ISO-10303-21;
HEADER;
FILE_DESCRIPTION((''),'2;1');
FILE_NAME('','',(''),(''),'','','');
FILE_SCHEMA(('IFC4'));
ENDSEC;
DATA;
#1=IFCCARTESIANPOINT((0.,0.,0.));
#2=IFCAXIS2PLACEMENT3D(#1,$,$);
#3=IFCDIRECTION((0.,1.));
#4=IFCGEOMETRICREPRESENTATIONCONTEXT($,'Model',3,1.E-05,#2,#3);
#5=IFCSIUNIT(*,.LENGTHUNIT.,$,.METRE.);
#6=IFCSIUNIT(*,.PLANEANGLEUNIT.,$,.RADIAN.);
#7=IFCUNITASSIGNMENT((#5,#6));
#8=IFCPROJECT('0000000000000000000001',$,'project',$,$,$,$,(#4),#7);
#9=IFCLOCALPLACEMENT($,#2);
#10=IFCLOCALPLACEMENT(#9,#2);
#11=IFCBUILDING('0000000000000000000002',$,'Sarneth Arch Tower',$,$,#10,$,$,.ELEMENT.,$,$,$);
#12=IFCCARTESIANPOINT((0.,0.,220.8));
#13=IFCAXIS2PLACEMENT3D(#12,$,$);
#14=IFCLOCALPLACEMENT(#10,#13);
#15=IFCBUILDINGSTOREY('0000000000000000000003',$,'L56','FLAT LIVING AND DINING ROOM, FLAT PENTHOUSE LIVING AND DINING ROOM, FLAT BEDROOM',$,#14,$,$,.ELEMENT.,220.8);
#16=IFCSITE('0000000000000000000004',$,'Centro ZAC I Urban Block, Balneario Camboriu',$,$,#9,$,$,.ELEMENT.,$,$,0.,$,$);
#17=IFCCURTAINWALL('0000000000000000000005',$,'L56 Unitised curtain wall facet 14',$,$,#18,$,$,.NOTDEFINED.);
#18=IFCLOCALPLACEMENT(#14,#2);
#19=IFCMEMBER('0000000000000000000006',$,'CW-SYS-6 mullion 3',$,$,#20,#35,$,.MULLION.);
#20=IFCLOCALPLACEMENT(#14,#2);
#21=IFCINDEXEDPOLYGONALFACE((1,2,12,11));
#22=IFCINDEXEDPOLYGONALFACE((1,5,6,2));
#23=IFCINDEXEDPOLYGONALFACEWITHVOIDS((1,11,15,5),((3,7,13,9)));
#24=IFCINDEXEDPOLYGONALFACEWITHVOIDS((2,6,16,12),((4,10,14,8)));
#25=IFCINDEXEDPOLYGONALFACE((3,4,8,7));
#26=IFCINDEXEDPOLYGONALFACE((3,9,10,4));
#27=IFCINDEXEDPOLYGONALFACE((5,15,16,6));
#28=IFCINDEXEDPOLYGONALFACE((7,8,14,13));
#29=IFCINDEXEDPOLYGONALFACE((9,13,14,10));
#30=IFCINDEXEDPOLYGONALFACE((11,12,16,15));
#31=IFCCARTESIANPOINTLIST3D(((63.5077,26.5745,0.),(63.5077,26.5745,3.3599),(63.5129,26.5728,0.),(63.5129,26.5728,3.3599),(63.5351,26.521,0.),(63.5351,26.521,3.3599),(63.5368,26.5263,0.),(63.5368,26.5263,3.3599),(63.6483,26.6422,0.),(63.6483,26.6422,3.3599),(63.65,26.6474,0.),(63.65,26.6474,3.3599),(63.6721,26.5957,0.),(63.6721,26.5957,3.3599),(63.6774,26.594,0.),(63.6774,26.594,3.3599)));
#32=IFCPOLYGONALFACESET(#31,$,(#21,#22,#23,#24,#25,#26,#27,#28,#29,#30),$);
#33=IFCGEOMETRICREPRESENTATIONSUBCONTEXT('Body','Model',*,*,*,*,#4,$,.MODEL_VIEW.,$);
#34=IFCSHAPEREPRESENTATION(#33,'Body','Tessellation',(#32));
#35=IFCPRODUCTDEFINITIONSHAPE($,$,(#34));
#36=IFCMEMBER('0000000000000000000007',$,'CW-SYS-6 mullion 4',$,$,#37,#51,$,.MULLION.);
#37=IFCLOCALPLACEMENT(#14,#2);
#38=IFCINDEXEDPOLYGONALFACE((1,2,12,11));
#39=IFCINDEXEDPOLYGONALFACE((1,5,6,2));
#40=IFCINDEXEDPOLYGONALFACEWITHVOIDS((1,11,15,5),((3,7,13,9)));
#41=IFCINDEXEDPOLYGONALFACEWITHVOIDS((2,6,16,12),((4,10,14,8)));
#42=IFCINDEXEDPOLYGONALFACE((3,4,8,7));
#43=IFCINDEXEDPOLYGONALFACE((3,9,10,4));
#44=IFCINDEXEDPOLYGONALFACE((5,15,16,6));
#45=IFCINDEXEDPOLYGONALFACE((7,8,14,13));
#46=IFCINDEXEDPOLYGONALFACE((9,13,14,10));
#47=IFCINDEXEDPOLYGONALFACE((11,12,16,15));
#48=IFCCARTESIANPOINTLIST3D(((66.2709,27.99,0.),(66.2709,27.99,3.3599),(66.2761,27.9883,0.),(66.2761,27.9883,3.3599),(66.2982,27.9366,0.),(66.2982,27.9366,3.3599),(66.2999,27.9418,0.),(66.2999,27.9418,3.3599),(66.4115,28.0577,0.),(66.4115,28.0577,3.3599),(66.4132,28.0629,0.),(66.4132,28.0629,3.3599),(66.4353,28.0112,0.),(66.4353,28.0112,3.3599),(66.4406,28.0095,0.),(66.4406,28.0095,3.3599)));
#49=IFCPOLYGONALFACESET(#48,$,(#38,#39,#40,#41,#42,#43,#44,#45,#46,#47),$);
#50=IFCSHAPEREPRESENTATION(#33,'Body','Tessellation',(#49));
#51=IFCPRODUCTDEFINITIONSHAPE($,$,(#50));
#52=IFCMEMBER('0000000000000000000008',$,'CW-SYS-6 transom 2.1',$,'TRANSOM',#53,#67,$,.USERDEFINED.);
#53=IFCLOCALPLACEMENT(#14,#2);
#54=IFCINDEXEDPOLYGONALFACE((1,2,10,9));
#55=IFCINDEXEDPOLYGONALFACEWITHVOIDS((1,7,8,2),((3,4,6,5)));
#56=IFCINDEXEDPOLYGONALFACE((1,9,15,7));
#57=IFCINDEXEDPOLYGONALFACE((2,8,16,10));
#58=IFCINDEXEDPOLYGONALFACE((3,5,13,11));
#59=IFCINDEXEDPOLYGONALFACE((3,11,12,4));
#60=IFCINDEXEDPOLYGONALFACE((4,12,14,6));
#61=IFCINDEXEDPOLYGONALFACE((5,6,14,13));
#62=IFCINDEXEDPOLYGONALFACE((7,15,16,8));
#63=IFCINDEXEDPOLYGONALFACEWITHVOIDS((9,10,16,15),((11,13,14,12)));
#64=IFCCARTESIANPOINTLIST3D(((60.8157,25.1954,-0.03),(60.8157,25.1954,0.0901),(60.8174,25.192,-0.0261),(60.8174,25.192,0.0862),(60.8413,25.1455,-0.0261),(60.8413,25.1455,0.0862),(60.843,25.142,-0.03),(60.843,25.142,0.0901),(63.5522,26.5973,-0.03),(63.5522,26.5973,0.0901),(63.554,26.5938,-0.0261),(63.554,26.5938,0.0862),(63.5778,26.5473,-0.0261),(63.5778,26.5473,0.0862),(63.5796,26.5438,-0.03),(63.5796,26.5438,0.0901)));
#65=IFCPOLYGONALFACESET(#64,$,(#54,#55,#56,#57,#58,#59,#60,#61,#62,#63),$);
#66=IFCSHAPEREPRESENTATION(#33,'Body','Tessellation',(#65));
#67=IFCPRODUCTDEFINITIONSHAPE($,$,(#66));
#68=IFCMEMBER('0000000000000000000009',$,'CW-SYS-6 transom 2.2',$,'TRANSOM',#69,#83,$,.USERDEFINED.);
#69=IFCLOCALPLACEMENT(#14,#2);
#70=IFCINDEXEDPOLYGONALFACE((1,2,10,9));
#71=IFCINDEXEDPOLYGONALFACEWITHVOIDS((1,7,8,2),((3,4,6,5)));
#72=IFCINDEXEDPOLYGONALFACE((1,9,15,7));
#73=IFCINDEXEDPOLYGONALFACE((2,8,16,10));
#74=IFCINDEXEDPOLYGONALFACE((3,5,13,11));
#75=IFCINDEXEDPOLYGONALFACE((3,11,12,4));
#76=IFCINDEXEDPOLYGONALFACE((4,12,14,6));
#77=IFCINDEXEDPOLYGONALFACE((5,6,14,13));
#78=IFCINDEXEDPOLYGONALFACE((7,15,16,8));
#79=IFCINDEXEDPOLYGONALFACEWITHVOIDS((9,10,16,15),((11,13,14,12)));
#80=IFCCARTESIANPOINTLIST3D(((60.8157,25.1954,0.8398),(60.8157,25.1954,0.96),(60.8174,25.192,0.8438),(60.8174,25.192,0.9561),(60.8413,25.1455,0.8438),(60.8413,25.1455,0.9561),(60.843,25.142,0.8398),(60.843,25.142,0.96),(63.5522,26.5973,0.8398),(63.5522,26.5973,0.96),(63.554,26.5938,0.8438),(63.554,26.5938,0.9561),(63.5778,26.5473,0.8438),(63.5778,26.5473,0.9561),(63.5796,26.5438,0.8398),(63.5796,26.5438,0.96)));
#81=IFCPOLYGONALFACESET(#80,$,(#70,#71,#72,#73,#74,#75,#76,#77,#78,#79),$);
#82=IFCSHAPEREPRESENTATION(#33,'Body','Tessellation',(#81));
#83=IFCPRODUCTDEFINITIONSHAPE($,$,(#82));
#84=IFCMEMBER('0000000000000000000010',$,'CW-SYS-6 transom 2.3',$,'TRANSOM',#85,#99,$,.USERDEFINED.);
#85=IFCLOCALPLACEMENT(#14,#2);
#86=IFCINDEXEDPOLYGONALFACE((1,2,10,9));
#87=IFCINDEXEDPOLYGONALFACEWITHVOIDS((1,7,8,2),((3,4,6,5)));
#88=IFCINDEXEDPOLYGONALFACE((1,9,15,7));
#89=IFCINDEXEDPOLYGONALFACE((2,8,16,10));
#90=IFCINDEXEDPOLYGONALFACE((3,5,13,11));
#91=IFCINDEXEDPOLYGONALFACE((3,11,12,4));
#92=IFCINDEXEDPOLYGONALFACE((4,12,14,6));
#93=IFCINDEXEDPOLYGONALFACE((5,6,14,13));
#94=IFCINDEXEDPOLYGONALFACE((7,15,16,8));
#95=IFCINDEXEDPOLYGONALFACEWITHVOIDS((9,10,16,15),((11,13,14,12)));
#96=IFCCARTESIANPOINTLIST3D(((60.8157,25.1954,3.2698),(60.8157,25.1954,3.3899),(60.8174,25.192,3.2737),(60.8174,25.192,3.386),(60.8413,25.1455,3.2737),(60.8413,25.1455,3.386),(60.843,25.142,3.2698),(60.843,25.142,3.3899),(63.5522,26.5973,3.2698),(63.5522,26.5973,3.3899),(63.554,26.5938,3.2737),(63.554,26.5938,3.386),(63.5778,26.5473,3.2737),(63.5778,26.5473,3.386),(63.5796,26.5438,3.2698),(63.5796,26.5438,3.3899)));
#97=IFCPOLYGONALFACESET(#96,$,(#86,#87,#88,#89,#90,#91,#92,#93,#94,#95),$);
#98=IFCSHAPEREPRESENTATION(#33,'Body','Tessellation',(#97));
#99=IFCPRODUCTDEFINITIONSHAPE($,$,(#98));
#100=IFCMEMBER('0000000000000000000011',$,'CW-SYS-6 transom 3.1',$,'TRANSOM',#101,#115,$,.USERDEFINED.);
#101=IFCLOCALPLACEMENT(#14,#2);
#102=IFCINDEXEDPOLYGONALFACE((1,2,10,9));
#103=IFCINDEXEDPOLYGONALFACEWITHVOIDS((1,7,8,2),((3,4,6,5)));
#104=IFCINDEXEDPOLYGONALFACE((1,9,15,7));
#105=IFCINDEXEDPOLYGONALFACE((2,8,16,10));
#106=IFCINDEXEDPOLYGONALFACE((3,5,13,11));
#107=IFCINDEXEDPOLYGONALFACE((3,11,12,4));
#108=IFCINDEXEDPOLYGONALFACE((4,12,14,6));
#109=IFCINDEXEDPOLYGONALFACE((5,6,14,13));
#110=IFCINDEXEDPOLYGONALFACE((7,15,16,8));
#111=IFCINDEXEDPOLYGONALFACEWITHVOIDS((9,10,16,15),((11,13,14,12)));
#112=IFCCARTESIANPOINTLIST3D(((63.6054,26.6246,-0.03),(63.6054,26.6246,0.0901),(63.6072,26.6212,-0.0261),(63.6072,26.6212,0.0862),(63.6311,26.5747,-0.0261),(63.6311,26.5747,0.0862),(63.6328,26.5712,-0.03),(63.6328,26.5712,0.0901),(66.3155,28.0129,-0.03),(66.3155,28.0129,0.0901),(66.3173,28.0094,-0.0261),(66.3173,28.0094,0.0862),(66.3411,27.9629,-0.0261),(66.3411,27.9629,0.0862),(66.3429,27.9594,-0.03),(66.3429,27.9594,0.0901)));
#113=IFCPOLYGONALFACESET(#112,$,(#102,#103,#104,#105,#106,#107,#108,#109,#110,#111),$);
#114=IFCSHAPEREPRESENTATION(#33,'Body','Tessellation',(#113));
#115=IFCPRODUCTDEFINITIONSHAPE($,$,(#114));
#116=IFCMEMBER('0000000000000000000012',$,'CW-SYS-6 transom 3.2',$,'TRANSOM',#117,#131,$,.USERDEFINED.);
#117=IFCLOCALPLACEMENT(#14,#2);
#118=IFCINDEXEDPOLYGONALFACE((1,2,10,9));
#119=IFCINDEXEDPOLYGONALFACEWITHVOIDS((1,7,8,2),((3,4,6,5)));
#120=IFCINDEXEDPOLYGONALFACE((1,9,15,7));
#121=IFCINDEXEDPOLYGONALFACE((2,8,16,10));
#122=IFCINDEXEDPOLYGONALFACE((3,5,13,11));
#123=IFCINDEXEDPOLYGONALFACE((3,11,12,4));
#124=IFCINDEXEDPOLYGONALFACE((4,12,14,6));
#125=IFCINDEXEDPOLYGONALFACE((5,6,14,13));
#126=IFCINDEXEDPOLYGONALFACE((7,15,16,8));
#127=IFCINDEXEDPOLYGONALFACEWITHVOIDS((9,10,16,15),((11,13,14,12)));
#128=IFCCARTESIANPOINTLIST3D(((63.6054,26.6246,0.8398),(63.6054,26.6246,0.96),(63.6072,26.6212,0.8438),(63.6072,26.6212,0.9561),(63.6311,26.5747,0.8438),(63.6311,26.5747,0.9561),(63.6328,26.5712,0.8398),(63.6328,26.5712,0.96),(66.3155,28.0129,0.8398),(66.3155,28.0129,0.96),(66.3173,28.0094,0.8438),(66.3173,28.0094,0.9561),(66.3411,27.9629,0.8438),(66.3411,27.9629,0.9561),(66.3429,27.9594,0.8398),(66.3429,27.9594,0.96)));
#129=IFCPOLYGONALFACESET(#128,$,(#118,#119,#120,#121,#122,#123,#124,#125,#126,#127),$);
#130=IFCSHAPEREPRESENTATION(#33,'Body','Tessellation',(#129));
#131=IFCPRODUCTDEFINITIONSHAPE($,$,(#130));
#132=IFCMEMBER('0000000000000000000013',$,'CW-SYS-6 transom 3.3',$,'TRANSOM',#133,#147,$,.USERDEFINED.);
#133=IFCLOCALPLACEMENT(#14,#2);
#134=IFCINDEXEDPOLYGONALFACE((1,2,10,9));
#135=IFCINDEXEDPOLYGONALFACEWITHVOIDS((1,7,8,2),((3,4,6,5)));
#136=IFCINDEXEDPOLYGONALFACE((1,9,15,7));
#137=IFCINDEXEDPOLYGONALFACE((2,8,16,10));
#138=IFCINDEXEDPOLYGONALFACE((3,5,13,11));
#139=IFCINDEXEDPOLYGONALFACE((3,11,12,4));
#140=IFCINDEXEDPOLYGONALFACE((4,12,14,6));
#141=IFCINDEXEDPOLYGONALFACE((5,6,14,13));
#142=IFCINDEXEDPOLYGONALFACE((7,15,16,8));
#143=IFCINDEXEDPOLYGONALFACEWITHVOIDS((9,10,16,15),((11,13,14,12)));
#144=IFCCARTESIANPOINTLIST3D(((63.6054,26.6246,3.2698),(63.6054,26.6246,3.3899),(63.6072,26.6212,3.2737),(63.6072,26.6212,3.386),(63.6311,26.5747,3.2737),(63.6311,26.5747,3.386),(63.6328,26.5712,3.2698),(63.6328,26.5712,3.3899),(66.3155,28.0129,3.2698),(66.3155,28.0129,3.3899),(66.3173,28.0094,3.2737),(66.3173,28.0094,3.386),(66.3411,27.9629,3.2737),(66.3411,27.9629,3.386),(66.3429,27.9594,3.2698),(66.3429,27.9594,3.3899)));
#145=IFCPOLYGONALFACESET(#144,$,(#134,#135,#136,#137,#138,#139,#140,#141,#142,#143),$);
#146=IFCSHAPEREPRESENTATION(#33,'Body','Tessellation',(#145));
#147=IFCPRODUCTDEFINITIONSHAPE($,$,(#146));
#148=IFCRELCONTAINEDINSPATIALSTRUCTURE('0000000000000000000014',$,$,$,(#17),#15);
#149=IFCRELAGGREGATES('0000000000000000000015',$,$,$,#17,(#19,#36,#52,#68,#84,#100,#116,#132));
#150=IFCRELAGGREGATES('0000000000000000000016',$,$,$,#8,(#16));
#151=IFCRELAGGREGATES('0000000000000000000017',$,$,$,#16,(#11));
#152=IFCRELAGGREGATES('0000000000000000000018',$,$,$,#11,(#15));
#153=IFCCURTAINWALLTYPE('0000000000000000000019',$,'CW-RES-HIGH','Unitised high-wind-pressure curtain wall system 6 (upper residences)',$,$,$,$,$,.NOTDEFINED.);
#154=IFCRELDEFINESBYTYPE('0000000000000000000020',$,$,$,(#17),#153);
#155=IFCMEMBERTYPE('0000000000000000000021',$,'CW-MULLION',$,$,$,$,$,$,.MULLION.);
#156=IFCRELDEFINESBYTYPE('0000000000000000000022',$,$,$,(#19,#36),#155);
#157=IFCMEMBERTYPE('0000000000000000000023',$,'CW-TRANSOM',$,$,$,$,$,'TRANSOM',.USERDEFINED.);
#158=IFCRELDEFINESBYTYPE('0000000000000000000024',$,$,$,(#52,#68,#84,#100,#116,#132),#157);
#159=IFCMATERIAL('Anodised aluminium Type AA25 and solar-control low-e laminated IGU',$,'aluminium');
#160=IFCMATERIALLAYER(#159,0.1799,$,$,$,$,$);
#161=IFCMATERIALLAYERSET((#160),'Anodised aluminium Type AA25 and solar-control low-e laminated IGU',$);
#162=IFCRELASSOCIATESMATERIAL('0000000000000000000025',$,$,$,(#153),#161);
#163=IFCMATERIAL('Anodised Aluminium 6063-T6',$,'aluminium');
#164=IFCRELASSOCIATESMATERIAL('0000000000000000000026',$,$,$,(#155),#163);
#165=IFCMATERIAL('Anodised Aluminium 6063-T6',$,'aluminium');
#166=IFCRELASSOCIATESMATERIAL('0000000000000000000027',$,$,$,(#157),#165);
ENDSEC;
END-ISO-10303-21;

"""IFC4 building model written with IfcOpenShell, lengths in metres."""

from ifc_helpers import new_model, si_unit, direction, frame, origin, origin_2d, place, context, subcontext, project, spatial, hollow_rectangle, extrude, material, layer, layer_set, material_profile, profile_set, type_object, element, aggregate, save


model = new_model("IFC4")

# Units and contexts
model_context = context("Model", 3, precision=1e-05, world=origin(), true_north=direction((0.0, 1.0)))
body_context = subcontext(model_context, "Body", "Model", "MODEL_VIEW")
ifc_project = project(units=[si_unit("LENGTHUNIT", "METRE"), si_unit("PLANEANGLEUNIT", "RADIAN")], contexts=[model_context])

# Site, building, storey
site_placement = place(None, origin())
site = spatial("IfcSite", under=ifc_project, at=site_placement, Name="Centro ZAC I Urban Block, Balneario Camboriu", CompositionType="ELEMENT", RefElevation=0.0)
building_placement = place(site_placement, origin())
building = spatial("IfcBuilding", under=site, at=building_placement, Name="Sarneth Arch Tower", CompositionType="ELEMENT")
storey_placement = place(building_placement, frame((0.0, 0.0, 220.8)))
storey = spatial("IfcBuildingStorey", under=building, at=storey_placement, Name="L56", Description="FLAT LIVING AND DINING ROOM, FLAT PENTHOUSE LIVING AND DINING ROOM, FLAT BEDROOM", CompositionType="ELEMENT", Elevation=220.8)

# Curtain wall, members
ifc_material_1 = material(Name="Anodised aluminium Type AA25 and solar-control low-e laminated IGU", Category="aluminium")
ifc_layer_1 = layer(ifc_material_1, 0.1799)
ifc_layer_set_1 = layer_set([ifc_layer_1], Name="Anodised aluminium Type AA25 and solar-control low-e laminated IGU")
curtain_wall_type = type_object("IfcCurtainWallType", Name="CW-RES-HIGH", Description="Unitised high-wind-pressure curtain wall system 6 (upper residences)", PredefinedType="NOTDEFINED", material=ifc_layer_set_1)
curtain_wall_placement = place(storey_placement, origin())
curtain_wall = element("IfcCurtainWall", 1, at=curtain_wall_placement, inside=storey, type_object=curtain_wall_type, Name="L56 Unitised curtain wall facet 14", PredefinedType="NOTDEFINED")
ifc_material_2 = material(Name="Anodised Aluminium 6063-T6", Category="aluminium")
ifc_material_profile_1 = material_profile(ifc_material_2, hollow_rectangle(XDim=0.0601, YDim=0.1599, WallThickness=0.0039, at=origin_2d()), Name="AL-MULL-160x60x4")
ifc_profile_set_1 = profile_set([ifc_material_profile_1], Name="Anodised Aluminium 6063-T6")
member_type_1 = type_object("IfcMemberType", Name="CW-MULLION", PredefinedType="MULLION", material=ifc_profile_set_1)
member_1_placement = place(storey_placement, frame((63.5925, 26.5842, 0.0), z_axis=(0.0, 0.0, 1.0), x_axis=(-0.455942, 0.89001, 0.0)))
member_1 = element("IfcMember", 2, at=member_1_placement, type_object=member_type_1, Name="CW-SYS-6 mullion 3", PredefinedType="MULLION", context=body_context, shape_type="SweptSolid", body=[
    extrude(hollow_rectangle(XDim=0.0601, YDim=0.1599, WallThickness=0.0039, at=origin_2d()), origin(), (0.0, 0.0, 1.0), 3.3599),
])
member_2_placement = place(storey_placement, frame((66.3557, 27.9998, 0.0), z_axis=(0.0, 0.0, 1.0), x_axis=(-0.455942, 0.89001, 0.0)))
member_2 = element("IfcMember", 3, at=member_2_placement, type_object=member_type_1, Name="CW-SYS-6 mullion 4", PredefinedType="MULLION", context=body_context, shape_type="SweptSolid", body=[
    extrude(hollow_rectangle(XDim=0.0601, YDim=0.1599, WallThickness=0.0039, at=origin_2d()), origin(), (0.0, 0.0, 1.0), 3.3599),
])
ifc_material_3 = material(Name="Anodised Aluminium 6063-T6", Category="aluminium")
ifc_material_profile_2 = material_profile(ifc_material_3, hollow_rectangle(XDim=0.0601, YDim=0.1201, WallThickness=0.0039, at=origin_2d()), Name="AL-TRAN-120x60x4")
ifc_profile_set_2 = profile_set([ifc_material_profile_2], Name="Anodised Aluminium 6063-T6")
member_type_2 = type_object("IfcMemberType", Name="CW-TRANSOM", ElementType="TRANSOM", PredefinedType="USERDEFINED", material=ifc_profile_set_2)
member_3_placement = place(storey_placement, frame((60.8293, 25.1687, 0.03), z_axis=(0.890017, 0.455926, 0.0), x_axis=(-0.455926, 0.890017, 0.0)))
member_3 = element("IfcMember", 4, at=member_3_placement, type_object=member_type_2, Name="CW-SYS-6 transom 2.1", ObjectType="TRANSOM", PredefinedType="USERDEFINED", context=body_context, shape_type="SweptSolid", body=[
    extrude(hollow_rectangle(XDim=0.0601, YDim=0.1201, WallThickness=0.0039, at=origin_2d()), origin(), (0.0, 0.0, 1.0), 3.0747),
])
member_4_placement = place(storey_placement, frame((60.8293, 25.1687, 0.8999), z_axis=(0.890017, 0.455926, 0.0), x_axis=(-0.455926, 0.890017, 0.0)))
member_4 = element("IfcMember", 5, at=member_4_placement, type_object=member_type_2, Name="CW-SYS-6 transom 2.2", ObjectType="TRANSOM", PredefinedType="USERDEFINED", context=body_context, shape_type="SweptSolid", body=[
    extrude(hollow_rectangle(XDim=0.0601, YDim=0.1201, WallThickness=0.0039, at=origin_2d()), origin(), (0.0, 0.0, 1.0), 3.0747),
])
member_5_placement = place(storey_placement, frame((60.8293, 25.1687, 3.3298), z_axis=(0.890017, 0.455926, 0.0), x_axis=(-0.455926, 0.890017, 0.0)))
member_5 = element("IfcMember", 6, at=member_5_placement, type_object=member_type_2, Name="CW-SYS-6 transom 2.3", ObjectType="TRANSOM", PredefinedType="USERDEFINED", context=body_context, shape_type="SweptSolid", body=[
    extrude(hollow_rectangle(XDim=0.0601, YDim=0.1201, WallThickness=0.0039, at=origin_2d()), origin(), (0.0, 0.0, 1.0), 3.0747),
])
member_6_placement = place(storey_placement, frame((63.6191, 26.5979, 0.03), z_axis=(0.890023, 0.455916, 0.0), x_axis=(-0.455916, 0.890023, 0.0)))
member_6 = element("IfcMember", 7, at=member_6_placement, type_object=member_type_2, Name="CW-SYS-6 transom 3.1", ObjectType="TRANSOM", PredefinedType="USERDEFINED", context=body_context, shape_type="SweptSolid", body=[
    extrude(hollow_rectangle(XDim=0.0601, YDim=0.1201, WallThickness=0.0039, at=origin_2d()), origin(), (0.0, 0.0, 1.0), 3.0449),
])
member_7_placement = place(storey_placement, frame((63.6191, 26.5979, 0.8999), z_axis=(0.890023, 0.455916, 0.0), x_axis=(-0.455916, 0.890023, 0.0)))
member_7 = element("IfcMember", 8, at=member_7_placement, type_object=member_type_2, Name="CW-SYS-6 transom 3.2", ObjectType="TRANSOM", PredefinedType="USERDEFINED", context=body_context, shape_type="SweptSolid", body=[
    extrude(hollow_rectangle(XDim=0.0601, YDim=0.1201, WallThickness=0.0039, at=origin_2d()), origin(), (0.0, 0.0, 1.0), 3.0449),
])
member_8_placement = place(storey_placement, frame((63.6191, 26.5979, 3.3298), z_axis=(0.890023, 0.455916, 0.0), x_axis=(-0.455916, 0.890023, 0.0)))
member_8 = element("IfcMember", 9, at=member_8_placement, type_object=member_type_2, Name="CW-SYS-6 transom 3.3", ObjectType="TRANSOM", PredefinedType="USERDEFINED", context=body_context, shape_type="SweptSolid", body=[
    extrude(hollow_rectangle(XDim=0.0601, YDim=0.1201, WallThickness=0.0039, at=origin_2d()), origin(), (0.0, 0.0, 1.0), 3.0449),
])

aggregate(curtain_wall, [member_1, member_2, member_3, member_4, member_5, member_6, member_7, member_8])

save(model, "model.ifc")
